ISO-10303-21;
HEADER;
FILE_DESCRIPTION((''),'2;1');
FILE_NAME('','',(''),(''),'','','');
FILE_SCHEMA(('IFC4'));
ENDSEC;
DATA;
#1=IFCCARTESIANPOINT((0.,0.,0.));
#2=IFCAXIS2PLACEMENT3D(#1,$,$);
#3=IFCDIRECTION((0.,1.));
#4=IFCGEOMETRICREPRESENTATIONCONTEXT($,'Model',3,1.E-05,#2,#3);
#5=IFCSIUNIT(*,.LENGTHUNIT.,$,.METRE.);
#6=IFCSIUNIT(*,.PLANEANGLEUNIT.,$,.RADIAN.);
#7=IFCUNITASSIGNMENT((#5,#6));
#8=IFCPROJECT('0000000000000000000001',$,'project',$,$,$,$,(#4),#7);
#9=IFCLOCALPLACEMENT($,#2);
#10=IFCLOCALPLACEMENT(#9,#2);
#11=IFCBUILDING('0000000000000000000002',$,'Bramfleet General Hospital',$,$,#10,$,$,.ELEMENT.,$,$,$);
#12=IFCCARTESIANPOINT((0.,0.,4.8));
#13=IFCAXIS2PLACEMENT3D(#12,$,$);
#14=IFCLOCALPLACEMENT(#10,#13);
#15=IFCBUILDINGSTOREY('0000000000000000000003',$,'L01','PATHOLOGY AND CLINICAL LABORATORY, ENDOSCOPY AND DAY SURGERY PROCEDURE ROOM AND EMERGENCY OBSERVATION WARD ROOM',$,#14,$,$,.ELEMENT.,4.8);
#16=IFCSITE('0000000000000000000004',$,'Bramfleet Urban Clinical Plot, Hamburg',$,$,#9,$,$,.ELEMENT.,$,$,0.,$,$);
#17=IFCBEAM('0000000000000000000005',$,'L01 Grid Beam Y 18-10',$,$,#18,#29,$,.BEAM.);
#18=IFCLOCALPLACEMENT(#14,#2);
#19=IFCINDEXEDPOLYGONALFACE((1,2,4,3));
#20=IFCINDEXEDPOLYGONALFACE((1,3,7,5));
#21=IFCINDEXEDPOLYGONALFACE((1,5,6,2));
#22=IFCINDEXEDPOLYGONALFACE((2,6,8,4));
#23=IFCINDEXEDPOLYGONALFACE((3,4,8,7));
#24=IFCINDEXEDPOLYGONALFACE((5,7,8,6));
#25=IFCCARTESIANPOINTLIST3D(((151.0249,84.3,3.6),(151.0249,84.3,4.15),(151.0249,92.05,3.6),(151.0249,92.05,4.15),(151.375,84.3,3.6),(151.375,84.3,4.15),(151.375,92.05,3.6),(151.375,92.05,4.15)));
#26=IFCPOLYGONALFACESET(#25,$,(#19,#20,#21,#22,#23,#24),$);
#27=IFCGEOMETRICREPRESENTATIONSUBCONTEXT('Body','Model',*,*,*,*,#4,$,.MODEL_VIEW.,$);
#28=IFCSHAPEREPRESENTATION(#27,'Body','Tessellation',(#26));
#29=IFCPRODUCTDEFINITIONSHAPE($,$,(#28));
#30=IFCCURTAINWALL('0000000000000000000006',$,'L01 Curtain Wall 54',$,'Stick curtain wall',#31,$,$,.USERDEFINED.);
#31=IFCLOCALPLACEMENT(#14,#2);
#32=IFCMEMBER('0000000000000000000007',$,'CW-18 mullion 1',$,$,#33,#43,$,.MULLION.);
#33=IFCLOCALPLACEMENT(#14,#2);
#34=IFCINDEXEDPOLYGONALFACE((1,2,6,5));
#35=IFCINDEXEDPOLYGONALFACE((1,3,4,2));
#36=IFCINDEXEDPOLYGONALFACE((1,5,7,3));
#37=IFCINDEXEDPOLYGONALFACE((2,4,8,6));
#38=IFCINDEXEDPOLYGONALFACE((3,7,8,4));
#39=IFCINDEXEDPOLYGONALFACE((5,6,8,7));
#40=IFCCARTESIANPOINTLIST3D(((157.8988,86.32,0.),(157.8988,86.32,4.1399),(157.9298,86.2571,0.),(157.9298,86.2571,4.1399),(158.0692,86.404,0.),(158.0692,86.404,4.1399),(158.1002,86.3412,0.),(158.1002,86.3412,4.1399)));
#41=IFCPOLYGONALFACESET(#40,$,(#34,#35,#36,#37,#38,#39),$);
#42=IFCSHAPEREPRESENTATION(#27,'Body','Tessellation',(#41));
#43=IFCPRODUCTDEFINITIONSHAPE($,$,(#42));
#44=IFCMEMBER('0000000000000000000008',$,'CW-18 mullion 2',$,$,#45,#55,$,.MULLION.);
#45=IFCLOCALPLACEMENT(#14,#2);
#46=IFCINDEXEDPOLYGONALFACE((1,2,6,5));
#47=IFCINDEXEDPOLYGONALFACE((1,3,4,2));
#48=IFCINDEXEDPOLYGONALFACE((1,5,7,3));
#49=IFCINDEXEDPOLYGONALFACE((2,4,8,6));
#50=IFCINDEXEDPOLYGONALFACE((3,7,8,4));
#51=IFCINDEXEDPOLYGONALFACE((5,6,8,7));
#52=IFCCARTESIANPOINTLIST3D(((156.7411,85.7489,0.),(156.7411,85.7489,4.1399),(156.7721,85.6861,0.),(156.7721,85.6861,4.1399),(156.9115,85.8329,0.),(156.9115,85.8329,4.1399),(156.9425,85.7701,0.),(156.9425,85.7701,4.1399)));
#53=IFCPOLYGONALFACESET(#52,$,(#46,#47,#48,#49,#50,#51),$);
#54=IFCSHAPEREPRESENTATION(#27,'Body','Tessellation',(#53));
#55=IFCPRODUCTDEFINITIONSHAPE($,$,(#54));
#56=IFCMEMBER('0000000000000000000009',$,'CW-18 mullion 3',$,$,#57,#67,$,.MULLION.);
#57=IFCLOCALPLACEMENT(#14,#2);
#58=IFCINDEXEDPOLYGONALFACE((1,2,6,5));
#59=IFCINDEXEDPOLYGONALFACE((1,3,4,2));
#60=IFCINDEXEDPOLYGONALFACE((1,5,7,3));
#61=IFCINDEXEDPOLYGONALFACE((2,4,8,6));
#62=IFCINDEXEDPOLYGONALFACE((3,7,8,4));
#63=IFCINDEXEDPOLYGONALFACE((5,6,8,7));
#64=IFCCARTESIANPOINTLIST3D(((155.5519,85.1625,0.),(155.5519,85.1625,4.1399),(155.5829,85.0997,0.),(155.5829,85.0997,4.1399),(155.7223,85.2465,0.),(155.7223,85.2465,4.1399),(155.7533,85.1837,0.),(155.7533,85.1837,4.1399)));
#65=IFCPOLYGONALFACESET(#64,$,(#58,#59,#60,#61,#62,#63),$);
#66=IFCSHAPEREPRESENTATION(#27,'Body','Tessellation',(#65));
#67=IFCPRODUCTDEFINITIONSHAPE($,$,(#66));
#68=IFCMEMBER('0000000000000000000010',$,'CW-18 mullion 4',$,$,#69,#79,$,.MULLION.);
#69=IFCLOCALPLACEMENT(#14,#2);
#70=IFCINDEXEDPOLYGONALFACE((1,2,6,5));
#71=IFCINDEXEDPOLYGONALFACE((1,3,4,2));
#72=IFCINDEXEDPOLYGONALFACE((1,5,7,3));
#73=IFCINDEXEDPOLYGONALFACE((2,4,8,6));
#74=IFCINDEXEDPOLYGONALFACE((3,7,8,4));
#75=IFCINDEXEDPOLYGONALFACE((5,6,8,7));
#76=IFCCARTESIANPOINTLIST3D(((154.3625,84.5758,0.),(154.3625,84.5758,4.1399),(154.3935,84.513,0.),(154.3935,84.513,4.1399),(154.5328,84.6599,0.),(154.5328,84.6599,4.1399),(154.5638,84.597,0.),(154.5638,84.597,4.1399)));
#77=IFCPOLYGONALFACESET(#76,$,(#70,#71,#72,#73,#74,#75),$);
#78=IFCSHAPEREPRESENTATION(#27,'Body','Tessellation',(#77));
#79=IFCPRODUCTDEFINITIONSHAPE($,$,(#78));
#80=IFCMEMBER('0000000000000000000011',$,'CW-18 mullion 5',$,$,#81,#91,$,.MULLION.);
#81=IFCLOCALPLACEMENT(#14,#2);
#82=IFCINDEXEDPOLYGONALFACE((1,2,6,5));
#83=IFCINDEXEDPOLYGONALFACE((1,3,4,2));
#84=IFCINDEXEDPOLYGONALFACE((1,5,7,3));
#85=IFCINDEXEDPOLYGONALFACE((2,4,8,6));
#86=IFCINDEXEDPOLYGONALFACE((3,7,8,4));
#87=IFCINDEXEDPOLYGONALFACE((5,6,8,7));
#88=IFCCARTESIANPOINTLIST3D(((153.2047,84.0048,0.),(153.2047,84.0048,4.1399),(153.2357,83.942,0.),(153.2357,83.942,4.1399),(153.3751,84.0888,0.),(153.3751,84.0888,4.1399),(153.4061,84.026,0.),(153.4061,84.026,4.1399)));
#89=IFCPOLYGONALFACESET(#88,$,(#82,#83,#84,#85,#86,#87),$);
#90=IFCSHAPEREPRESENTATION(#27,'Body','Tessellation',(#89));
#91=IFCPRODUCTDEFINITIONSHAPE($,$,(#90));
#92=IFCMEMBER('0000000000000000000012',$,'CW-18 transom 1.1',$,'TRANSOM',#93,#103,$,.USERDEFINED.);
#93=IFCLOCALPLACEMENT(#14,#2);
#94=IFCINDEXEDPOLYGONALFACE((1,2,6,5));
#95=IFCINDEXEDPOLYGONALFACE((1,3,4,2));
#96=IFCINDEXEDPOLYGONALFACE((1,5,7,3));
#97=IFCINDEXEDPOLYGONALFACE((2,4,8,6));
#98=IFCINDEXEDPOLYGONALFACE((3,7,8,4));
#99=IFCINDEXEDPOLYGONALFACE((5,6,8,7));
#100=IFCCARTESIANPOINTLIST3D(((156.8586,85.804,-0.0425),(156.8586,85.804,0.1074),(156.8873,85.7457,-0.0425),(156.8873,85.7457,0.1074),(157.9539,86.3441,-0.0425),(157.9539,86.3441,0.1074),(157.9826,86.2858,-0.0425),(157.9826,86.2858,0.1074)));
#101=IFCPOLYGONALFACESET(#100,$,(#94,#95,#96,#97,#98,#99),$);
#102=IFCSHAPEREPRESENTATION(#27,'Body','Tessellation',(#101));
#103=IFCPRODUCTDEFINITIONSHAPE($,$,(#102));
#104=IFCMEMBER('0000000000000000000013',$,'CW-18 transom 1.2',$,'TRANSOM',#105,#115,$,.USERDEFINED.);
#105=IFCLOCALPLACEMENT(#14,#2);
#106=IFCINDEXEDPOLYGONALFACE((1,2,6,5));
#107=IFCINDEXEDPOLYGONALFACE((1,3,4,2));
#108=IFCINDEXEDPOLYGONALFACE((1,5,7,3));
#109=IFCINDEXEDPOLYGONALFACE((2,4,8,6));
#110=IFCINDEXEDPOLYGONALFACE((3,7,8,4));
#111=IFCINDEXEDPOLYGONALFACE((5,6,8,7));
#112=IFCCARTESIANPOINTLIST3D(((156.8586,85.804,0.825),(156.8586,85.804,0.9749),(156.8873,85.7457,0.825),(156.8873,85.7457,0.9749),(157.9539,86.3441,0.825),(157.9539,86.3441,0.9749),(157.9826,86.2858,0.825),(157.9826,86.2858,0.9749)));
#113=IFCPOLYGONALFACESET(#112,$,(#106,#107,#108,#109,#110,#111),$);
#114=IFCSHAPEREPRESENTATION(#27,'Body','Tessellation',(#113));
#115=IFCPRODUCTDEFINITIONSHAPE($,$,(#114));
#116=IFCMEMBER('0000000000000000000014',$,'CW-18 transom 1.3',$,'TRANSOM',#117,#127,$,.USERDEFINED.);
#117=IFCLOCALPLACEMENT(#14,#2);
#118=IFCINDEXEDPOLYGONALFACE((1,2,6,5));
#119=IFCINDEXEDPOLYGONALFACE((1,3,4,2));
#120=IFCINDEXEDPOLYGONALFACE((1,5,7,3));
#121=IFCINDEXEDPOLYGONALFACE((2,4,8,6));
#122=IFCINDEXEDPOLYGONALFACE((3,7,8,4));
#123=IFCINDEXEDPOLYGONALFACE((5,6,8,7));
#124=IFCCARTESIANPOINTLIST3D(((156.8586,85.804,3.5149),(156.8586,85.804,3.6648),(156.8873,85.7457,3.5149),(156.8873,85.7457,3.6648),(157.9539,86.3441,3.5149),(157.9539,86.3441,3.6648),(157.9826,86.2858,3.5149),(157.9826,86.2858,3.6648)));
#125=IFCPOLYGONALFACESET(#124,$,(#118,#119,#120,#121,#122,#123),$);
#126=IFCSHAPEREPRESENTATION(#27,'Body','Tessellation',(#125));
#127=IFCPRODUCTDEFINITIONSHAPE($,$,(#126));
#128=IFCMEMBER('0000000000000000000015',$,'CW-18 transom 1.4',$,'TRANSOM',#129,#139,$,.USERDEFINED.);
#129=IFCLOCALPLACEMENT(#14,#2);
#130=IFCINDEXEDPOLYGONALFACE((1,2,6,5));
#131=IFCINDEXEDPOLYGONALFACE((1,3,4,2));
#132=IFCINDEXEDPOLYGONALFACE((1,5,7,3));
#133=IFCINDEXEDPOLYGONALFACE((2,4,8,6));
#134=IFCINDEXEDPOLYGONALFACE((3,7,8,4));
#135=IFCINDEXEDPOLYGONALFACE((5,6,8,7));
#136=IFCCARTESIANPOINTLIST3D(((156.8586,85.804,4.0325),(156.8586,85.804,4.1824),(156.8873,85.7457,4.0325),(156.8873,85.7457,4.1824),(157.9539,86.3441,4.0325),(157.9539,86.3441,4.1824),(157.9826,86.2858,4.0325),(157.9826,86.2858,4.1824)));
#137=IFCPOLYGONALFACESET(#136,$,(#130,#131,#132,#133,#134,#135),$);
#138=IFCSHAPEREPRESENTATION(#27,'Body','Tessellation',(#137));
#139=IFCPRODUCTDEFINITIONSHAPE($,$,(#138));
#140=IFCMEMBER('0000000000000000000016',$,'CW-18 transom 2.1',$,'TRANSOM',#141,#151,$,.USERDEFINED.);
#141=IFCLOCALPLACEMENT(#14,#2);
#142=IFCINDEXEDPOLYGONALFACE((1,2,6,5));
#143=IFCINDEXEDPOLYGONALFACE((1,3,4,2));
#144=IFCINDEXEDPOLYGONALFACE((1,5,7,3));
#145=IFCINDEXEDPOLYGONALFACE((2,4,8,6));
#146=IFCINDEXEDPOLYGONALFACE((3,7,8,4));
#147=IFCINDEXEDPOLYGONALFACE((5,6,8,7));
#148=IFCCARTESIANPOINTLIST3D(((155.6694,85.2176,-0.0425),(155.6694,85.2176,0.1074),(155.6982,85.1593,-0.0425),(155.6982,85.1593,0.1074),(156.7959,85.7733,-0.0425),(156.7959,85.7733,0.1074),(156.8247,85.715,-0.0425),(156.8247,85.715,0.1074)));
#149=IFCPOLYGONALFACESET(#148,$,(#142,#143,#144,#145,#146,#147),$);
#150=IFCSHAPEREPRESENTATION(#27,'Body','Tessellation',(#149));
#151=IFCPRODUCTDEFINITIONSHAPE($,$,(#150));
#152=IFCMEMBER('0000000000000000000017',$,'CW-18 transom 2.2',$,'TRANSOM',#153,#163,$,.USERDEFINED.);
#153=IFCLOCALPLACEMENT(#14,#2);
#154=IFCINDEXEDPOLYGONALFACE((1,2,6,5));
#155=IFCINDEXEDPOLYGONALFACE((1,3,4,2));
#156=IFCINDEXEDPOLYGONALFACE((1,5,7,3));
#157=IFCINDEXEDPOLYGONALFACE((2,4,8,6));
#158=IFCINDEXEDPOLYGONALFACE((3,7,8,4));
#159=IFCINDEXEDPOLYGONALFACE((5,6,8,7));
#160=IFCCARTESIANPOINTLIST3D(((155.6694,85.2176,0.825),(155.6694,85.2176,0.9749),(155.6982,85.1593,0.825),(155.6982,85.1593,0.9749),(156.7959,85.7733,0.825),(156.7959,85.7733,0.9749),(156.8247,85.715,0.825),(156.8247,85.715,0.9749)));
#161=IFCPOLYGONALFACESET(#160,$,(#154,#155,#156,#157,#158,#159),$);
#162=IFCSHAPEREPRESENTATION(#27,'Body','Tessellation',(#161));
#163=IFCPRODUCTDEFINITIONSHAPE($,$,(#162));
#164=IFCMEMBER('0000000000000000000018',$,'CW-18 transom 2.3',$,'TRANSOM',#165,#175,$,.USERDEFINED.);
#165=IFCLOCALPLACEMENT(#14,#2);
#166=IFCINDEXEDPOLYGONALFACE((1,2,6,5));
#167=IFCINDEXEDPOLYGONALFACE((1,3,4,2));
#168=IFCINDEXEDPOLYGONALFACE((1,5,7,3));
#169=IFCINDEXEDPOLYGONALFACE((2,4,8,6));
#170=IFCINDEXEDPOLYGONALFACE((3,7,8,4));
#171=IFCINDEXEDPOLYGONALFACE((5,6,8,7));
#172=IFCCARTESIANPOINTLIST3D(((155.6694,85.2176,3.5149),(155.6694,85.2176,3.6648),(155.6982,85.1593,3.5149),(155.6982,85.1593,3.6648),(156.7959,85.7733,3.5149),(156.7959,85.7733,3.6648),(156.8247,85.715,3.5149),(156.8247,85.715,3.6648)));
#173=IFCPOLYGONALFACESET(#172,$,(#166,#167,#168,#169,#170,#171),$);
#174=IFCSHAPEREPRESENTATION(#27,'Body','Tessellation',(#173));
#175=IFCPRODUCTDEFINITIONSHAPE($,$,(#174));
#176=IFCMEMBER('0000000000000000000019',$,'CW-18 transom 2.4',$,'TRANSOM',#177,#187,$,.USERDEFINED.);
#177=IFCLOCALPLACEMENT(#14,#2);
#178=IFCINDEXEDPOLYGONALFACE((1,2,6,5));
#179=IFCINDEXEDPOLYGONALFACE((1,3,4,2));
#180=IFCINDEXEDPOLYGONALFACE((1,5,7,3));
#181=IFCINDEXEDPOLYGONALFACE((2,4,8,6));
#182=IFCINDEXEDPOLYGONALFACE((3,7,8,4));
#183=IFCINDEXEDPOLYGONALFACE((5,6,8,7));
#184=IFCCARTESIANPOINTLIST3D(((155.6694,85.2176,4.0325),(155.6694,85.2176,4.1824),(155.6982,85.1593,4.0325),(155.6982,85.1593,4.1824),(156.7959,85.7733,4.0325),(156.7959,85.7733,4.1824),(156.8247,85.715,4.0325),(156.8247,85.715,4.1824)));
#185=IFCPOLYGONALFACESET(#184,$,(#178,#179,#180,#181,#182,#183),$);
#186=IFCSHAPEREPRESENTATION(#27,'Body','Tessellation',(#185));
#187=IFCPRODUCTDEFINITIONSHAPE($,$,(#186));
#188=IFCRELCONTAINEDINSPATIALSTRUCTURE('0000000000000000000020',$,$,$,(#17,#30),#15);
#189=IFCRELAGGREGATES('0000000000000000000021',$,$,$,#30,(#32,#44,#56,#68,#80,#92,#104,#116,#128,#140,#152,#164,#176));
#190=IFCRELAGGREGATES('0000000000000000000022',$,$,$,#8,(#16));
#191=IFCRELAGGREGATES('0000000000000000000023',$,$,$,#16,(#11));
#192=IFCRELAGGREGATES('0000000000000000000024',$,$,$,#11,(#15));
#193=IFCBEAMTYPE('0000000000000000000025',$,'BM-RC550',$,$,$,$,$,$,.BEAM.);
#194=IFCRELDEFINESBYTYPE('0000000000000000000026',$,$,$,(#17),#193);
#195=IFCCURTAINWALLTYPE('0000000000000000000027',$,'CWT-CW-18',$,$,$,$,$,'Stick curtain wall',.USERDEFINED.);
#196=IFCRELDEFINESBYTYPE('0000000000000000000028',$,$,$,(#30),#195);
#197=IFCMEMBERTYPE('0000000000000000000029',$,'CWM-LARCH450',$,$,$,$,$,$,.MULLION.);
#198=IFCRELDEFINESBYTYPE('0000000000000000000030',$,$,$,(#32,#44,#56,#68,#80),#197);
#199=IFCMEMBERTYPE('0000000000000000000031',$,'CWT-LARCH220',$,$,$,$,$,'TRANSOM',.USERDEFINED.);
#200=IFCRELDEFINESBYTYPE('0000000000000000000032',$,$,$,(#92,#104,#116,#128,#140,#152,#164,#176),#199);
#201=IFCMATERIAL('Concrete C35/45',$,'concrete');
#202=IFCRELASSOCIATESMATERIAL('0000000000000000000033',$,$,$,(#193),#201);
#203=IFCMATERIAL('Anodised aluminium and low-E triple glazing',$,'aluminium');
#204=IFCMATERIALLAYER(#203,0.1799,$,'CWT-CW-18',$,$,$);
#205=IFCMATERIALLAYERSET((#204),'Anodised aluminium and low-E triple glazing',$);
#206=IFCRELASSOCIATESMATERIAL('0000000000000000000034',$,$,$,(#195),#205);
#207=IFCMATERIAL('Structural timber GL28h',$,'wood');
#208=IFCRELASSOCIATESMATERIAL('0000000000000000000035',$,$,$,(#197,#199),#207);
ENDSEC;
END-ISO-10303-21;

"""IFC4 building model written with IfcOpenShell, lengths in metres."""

from ifc_helpers import new_model, si_unit, direction, frame, origin, origin_2d, place, context, subcontext, project, spatial, rectangle, extrude, material, layer, layer_set, material_profile, profile_set, type_object, element, aggregate, save


model = new_model("IFC4")

# Units and contexts
model_context = context("Model", 3, precision=1e-05, world=origin(), true_north=direction((0.0, 1.0)))
body_context = subcontext(model_context, "Body", "Model", "MODEL_VIEW")
ifc_project = project(units=[si_unit("LENGTHUNIT", "METRE"), si_unit("PLANEANGLEUNIT", "RADIAN")], contexts=[model_context])

# Site, building, storey
site_placement = place(None, origin())
site = spatial("IfcSite", under=ifc_project, at=site_placement, Name="Bramfleet Urban Clinical Plot, Hamburg", CompositionType="ELEMENT", RefElevation=0.0)
building_placement = place(site_placement, origin())
building = spatial("IfcBuilding", under=site, at=building_placement, Name="Bramfleet General Hospital", CompositionType="ELEMENT")
storey_placement = place(building_placement, frame((0.0, 0.0, 4.8)))
storey = spatial("IfcBuildingStorey", under=building, at=storey_placement, Name="L01", Description="PATHOLOGY AND CLINICAL LABORATORY, ENDOSCOPY AND DAY SURGERY PROCEDURE ROOM AND EMERGENCY OBSERVATION WARD ROOM", CompositionType="ELEMENT", Elevation=4.8)

# Beam
ifc_material_1 = material(Name="Concrete C35/45", Category="concrete")
ifc_material_profile_1 = material_profile(ifc_material_1, rectangle(XDim=0.3501, YDim=0.55, at=origin_2d()), Name="RC BM 550x350")
ifc_profile_set_1 = profile_set([ifc_material_profile_1], Name="Concrete C35/45")
beam_type = type_object("IfcBeamType", Name="BM-RC550", PredefinedType="BEAM", material=ifc_profile_set_1)
beam_placement = place(storey_placement, frame((151.2, 84.3, 3.875), z_axis=(0.0, 1.0, 0.0), x_axis=(-1.0, 0.0, 0.0)))
element("IfcBeam", 1, at=beam_placement, inside=storey, type_object=beam_type, Name="L01 Grid Beam Y 18-10", PredefinedType="BEAM", context=body_context, shape_type="SweptSolid", body=[
    extrude(rectangle(XDim=0.3501, YDim=0.55, at=origin_2d()), origin(), (0.0, 0.0, 1.0), 7.75),
])

# Curtain wall, members
ifc_material_2 = material(Name="Anodised aluminium and low-E triple glazing", Category="aluminium")
ifc_layer_1 = layer(ifc_material_2, 0.1799, Name="CWT-CW-18")
ifc_layer_set_1 = layer_set([ifc_layer_1], Name="Anodised aluminium and low-E triple glazing")
curtain_wall_type = type_object("IfcCurtainWallType", Name="CWT-CW-18", ElementType="Stick curtain wall", PredefinedType="USERDEFINED", material=ifc_layer_set_1)
curtain_wall_placement = place(storey_placement, origin())
curtain_wall = element("IfcCurtainWall", 2, at=curtain_wall_placement, inside=storey, type_object=curtain_wall_type, Name="L01 Curtain Wall 54", ObjectType="Stick curtain wall", PredefinedType="USERDEFINED")
ifc_material_3 = material(Name="Structural timber GL28h", Category="wood")
ifc_material_profile_2 = material_profile(ifc_material_3, rectangle(XDim=0.0701, YDim=0.1899, at=origin_2d()), Name="LARCH 190x70")
ifc_profile_set_2 = profile_set([ifc_material_profile_2], Name="Structural timber GL28h")
member_type_1 = type_object("IfcMemberType", Name="CWM-LARCH450", PredefinedType="MULLION", material=ifc_profile_set_2)
member_1_placement = place(storey_placement, frame((157.9995, 86.3306, 0.0), z_axis=(0.0, 0.0, 1.0), x_axis=(0.442305, -0.896865, 0.0)))
member_1 = element("IfcMember", 3, at=member_1_placement, type_object=member_type_1, Name="CW-18 mullion 1", PredefinedType="MULLION", context=body_context, shape_type="SweptSolid", body=[
    extrude(rectangle(XDim=0.0701, YDim=0.1899, at=origin_2d()), origin(), (0.0, 0.0, 1.0), 4.1399),
])
member_2_placement = place(storey_placement, frame((156.8418, 85.7595, 0.0), z_axis=(0.0, 0.0, 1.0), x_axis=(0.442305, -0.896865, 0.0)))
member_2 = element("IfcMember", 4, at=member_2_placement, type_object=member_type_1, Name="CW-18 mullion 2", PredefinedType="MULLION", context=body_context, shape_type="SweptSolid", body=[
    extrude(rectangle(XDim=0.0701, YDim=0.1899, at=origin_2d()), origin(), (0.0, 0.0, 1.0), 4.1399),
])
member_3_placement = place(storey_placement, frame((155.6526, 85.1731, 0.0), z_axis=(0.0, 0.0, 1.0), x_axis=(0.442305, -0.896865, 0.0)))
member_3 = element("IfcMember", 5, at=member_3_placement, type_object=member_type_1, Name="CW-18 mullion 3", PredefinedType="MULLION", context=body_context, shape_type="SweptSolid", body=[
    extrude(rectangle(XDim=0.0701, YDim=0.1899, at=origin_2d()), origin(), (0.0, 0.0, 1.0), 4.1399),
])
member_4_placement = place(storey_placement, frame((154.4631, 84.5864, 0.0), z_axis=(0.0, 0.0, 1.0), x_axis=(0.442305, -0.896865, 0.0)))
member_4 = element("IfcMember", 6, at=member_4_placement, type_object=member_type_1, Name="CW-18 mullion 4", PredefinedType="MULLION", context=body_context, shape_type="SweptSolid", body=[
    extrude(rectangle(XDim=0.0701, YDim=0.1899, at=origin_2d()), origin(), (0.0, 0.0, 1.0), 4.1399),
])
member_5_placement = place(storey_placement, frame((153.3054, 84.0154, 0.0), z_axis=(0.0, 0.0, 1.0), x_axis=(0.442305, -0.896865, 0.0)))
member_5 = element("IfcMember", 7, at=member_5_placement, type_object=member_type_1, Name="CW-18 mullion 5", PredefinedType="MULLION", context=body_context, shape_type="SweptSolid", body=[
    extrude(rectangle(XDim=0.0701, YDim=0.1899, at=origin_2d()), origin(), (0.0, 0.0, 1.0), 4.1399),
])
ifc_material_profile_3 = material_profile(ifc_material_3, rectangle(XDim=0.0649, YDim=0.1499, at=origin_2d()), Name="LARCH 150x65")
ifc_profile_set_3 = profile_set([ifc_material_profile_3], Name="Structural timber GL28h")
member_type_2 = type_object("IfcMemberType", Name="CWT-LARCH220", ElementType="TRANSOM", PredefinedType="USERDEFINED", material=ifc_profile_set_3)
member_6_placement = place(storey_placement, frame((157.9683, 86.3149, 0.0325), z_axis=(-0.896893, -0.442248, 0.0), x_axis=(0.442248, -0.896893, 0.0)))
member_6 = element("IfcMember", 8, at=member_6_placement, type_object=member_type_2, Name="CW-18 transom 1.1", ObjectType="TRANSOM", PredefinedType="USERDEFINED", context=body_context, shape_type="SweptSolid", body=[
    extrude(rectangle(XDim=0.0649, YDim=0.1499, at=origin_2d()), origin(), (0.0, 0.0, 1.0), 1.2212),
])
member_7_placement = place(storey_placement, frame((157.9683, 86.3149, 0.8999), z_axis=(-0.896893, -0.442248, 0.0), x_axis=(0.442248, -0.896893, 0.0)))
member_7 = element("IfcMember", 9, at=member_7_placement, type_object=member_type_2, Name="CW-18 transom 1.2", ObjectType="TRANSOM", PredefinedType="USERDEFINED", context=body_context, shape_type="SweptSolid", body=[
    extrude(rectangle(XDim=0.0649, YDim=0.1499, at=origin_2d()), origin(), (0.0, 0.0, 1.0), 1.2212),
])
member_8_placement = place(storey_placement, frame((157.9683, 86.3149, 3.5898), z_axis=(-0.896893, -0.442248, 0.0), x_axis=(0.442248, -0.896893, 0.0)))
member_8 = element("IfcMember", 10, at=member_8_placement, type_object=member_type_2, Name="CW-18 transom 1.3", ObjectType="TRANSOM", PredefinedType="USERDEFINED", context=body_context, shape_type="SweptSolid", body=[
    extrude(rectangle(XDim=0.0649, YDim=0.1499, at=origin_2d()), origin(), (0.0, 0.0, 1.0), 1.2212),
])
member_9_placement = place(storey_placement, frame((157.9683, 86.3149, 4.1074), z_axis=(-0.896893, -0.442248, 0.0), x_axis=(0.442248, -0.896893, 0.0)))
member_9 = element("IfcMember", 11, at=member_9_placement, type_object=member_type_2, Name="CW-18 transom 1.4", ObjectType="TRANSOM", PredefinedType="USERDEFINED", context=body_context, shape_type="SweptSolid", body=[
    extrude(rectangle(XDim=0.0649, YDim=0.1499, at=origin_2d()), origin(), (0.0, 0.0, 1.0), 1.2212),
])
member_10_placement = place(storey_placement, frame((156.8103, 85.7441, 0.0325), z_axis=(-0.896824, -0.442387, 0.0), x_axis=(0.442387, -0.896824, 0.0)))
member_10 = element("IfcMember", 12, at=member_10_placement, type_object=member_type_2, Name="CW-18 transom 2.1", ObjectType="TRANSOM", PredefinedType="USERDEFINED", context=body_context, shape_type="SweptSolid", body=[
    extrude(rectangle(XDim=0.0649, YDim=0.1499, at=origin_2d()), origin(), (0.0, 0.0, 1.0), 1.2561),
])
member_11_placement = place(storey_placement, frame((156.8103, 85.7441, 0.8999), z_axis=(-0.896824, -0.442387, 0.0), x_axis=(0.442387, -0.896824, 0.0)))
member_11 = element("IfcMember", 13, at=member_11_placement, type_object=member_type_2, Name="CW-18 transom 2.2", ObjectType="TRANSOM", PredefinedType="USERDEFINED", context=body_context, shape_type="SweptSolid", body=[
    extrude(rectangle(XDim=0.0649, YDim=0.1499, at=origin_2d()), origin(), (0.0, 0.0, 1.0), 1.2561),
])
member_12_placement = place(storey_placement, frame((156.8103, 85.7441, 3.5898), z_axis=(-0.896824, -0.442387, 0.0), x_axis=(0.442387, -0.896824, 0.0)))
member_12 = element("IfcMember", 14, at=member_12_placement, type_object=member_type_2, Name="CW-18 transom 2.3", ObjectType="TRANSOM", PredefinedType="USERDEFINED", context=body_context, shape_type="SweptSolid", body=[
    extrude(rectangle(XDim=0.0649, YDim=0.1499, at=origin_2d()), origin(), (0.0, 0.0, 1.0), 1.2561),
])
member_13_placement = place(storey_placement, frame((156.8103, 85.7441, 4.1074), z_axis=(-0.896824, -0.442387, 0.0), x_axis=(0.442387, -0.896824, 0.0)))
member_13 = element("IfcMember", 15, at=member_13_placement, type_object=member_type_2, Name="CW-18 transom 2.4", ObjectType="TRANSOM", PredefinedType="USERDEFINED", context=body_context, shape_type="SweptSolid", body=[
    extrude(rectangle(XDim=0.0649, YDim=0.1499, at=origin_2d()), origin(), (0.0, 0.0, 1.0), 1.2561),
])
aggregate(curtain_wall, [member_1, member_2, member_3, member_4, member_5, member_6, member_7, member_8, member_9, member_10, member_11, member_12, member_13])

save(model, "model.ifc")
